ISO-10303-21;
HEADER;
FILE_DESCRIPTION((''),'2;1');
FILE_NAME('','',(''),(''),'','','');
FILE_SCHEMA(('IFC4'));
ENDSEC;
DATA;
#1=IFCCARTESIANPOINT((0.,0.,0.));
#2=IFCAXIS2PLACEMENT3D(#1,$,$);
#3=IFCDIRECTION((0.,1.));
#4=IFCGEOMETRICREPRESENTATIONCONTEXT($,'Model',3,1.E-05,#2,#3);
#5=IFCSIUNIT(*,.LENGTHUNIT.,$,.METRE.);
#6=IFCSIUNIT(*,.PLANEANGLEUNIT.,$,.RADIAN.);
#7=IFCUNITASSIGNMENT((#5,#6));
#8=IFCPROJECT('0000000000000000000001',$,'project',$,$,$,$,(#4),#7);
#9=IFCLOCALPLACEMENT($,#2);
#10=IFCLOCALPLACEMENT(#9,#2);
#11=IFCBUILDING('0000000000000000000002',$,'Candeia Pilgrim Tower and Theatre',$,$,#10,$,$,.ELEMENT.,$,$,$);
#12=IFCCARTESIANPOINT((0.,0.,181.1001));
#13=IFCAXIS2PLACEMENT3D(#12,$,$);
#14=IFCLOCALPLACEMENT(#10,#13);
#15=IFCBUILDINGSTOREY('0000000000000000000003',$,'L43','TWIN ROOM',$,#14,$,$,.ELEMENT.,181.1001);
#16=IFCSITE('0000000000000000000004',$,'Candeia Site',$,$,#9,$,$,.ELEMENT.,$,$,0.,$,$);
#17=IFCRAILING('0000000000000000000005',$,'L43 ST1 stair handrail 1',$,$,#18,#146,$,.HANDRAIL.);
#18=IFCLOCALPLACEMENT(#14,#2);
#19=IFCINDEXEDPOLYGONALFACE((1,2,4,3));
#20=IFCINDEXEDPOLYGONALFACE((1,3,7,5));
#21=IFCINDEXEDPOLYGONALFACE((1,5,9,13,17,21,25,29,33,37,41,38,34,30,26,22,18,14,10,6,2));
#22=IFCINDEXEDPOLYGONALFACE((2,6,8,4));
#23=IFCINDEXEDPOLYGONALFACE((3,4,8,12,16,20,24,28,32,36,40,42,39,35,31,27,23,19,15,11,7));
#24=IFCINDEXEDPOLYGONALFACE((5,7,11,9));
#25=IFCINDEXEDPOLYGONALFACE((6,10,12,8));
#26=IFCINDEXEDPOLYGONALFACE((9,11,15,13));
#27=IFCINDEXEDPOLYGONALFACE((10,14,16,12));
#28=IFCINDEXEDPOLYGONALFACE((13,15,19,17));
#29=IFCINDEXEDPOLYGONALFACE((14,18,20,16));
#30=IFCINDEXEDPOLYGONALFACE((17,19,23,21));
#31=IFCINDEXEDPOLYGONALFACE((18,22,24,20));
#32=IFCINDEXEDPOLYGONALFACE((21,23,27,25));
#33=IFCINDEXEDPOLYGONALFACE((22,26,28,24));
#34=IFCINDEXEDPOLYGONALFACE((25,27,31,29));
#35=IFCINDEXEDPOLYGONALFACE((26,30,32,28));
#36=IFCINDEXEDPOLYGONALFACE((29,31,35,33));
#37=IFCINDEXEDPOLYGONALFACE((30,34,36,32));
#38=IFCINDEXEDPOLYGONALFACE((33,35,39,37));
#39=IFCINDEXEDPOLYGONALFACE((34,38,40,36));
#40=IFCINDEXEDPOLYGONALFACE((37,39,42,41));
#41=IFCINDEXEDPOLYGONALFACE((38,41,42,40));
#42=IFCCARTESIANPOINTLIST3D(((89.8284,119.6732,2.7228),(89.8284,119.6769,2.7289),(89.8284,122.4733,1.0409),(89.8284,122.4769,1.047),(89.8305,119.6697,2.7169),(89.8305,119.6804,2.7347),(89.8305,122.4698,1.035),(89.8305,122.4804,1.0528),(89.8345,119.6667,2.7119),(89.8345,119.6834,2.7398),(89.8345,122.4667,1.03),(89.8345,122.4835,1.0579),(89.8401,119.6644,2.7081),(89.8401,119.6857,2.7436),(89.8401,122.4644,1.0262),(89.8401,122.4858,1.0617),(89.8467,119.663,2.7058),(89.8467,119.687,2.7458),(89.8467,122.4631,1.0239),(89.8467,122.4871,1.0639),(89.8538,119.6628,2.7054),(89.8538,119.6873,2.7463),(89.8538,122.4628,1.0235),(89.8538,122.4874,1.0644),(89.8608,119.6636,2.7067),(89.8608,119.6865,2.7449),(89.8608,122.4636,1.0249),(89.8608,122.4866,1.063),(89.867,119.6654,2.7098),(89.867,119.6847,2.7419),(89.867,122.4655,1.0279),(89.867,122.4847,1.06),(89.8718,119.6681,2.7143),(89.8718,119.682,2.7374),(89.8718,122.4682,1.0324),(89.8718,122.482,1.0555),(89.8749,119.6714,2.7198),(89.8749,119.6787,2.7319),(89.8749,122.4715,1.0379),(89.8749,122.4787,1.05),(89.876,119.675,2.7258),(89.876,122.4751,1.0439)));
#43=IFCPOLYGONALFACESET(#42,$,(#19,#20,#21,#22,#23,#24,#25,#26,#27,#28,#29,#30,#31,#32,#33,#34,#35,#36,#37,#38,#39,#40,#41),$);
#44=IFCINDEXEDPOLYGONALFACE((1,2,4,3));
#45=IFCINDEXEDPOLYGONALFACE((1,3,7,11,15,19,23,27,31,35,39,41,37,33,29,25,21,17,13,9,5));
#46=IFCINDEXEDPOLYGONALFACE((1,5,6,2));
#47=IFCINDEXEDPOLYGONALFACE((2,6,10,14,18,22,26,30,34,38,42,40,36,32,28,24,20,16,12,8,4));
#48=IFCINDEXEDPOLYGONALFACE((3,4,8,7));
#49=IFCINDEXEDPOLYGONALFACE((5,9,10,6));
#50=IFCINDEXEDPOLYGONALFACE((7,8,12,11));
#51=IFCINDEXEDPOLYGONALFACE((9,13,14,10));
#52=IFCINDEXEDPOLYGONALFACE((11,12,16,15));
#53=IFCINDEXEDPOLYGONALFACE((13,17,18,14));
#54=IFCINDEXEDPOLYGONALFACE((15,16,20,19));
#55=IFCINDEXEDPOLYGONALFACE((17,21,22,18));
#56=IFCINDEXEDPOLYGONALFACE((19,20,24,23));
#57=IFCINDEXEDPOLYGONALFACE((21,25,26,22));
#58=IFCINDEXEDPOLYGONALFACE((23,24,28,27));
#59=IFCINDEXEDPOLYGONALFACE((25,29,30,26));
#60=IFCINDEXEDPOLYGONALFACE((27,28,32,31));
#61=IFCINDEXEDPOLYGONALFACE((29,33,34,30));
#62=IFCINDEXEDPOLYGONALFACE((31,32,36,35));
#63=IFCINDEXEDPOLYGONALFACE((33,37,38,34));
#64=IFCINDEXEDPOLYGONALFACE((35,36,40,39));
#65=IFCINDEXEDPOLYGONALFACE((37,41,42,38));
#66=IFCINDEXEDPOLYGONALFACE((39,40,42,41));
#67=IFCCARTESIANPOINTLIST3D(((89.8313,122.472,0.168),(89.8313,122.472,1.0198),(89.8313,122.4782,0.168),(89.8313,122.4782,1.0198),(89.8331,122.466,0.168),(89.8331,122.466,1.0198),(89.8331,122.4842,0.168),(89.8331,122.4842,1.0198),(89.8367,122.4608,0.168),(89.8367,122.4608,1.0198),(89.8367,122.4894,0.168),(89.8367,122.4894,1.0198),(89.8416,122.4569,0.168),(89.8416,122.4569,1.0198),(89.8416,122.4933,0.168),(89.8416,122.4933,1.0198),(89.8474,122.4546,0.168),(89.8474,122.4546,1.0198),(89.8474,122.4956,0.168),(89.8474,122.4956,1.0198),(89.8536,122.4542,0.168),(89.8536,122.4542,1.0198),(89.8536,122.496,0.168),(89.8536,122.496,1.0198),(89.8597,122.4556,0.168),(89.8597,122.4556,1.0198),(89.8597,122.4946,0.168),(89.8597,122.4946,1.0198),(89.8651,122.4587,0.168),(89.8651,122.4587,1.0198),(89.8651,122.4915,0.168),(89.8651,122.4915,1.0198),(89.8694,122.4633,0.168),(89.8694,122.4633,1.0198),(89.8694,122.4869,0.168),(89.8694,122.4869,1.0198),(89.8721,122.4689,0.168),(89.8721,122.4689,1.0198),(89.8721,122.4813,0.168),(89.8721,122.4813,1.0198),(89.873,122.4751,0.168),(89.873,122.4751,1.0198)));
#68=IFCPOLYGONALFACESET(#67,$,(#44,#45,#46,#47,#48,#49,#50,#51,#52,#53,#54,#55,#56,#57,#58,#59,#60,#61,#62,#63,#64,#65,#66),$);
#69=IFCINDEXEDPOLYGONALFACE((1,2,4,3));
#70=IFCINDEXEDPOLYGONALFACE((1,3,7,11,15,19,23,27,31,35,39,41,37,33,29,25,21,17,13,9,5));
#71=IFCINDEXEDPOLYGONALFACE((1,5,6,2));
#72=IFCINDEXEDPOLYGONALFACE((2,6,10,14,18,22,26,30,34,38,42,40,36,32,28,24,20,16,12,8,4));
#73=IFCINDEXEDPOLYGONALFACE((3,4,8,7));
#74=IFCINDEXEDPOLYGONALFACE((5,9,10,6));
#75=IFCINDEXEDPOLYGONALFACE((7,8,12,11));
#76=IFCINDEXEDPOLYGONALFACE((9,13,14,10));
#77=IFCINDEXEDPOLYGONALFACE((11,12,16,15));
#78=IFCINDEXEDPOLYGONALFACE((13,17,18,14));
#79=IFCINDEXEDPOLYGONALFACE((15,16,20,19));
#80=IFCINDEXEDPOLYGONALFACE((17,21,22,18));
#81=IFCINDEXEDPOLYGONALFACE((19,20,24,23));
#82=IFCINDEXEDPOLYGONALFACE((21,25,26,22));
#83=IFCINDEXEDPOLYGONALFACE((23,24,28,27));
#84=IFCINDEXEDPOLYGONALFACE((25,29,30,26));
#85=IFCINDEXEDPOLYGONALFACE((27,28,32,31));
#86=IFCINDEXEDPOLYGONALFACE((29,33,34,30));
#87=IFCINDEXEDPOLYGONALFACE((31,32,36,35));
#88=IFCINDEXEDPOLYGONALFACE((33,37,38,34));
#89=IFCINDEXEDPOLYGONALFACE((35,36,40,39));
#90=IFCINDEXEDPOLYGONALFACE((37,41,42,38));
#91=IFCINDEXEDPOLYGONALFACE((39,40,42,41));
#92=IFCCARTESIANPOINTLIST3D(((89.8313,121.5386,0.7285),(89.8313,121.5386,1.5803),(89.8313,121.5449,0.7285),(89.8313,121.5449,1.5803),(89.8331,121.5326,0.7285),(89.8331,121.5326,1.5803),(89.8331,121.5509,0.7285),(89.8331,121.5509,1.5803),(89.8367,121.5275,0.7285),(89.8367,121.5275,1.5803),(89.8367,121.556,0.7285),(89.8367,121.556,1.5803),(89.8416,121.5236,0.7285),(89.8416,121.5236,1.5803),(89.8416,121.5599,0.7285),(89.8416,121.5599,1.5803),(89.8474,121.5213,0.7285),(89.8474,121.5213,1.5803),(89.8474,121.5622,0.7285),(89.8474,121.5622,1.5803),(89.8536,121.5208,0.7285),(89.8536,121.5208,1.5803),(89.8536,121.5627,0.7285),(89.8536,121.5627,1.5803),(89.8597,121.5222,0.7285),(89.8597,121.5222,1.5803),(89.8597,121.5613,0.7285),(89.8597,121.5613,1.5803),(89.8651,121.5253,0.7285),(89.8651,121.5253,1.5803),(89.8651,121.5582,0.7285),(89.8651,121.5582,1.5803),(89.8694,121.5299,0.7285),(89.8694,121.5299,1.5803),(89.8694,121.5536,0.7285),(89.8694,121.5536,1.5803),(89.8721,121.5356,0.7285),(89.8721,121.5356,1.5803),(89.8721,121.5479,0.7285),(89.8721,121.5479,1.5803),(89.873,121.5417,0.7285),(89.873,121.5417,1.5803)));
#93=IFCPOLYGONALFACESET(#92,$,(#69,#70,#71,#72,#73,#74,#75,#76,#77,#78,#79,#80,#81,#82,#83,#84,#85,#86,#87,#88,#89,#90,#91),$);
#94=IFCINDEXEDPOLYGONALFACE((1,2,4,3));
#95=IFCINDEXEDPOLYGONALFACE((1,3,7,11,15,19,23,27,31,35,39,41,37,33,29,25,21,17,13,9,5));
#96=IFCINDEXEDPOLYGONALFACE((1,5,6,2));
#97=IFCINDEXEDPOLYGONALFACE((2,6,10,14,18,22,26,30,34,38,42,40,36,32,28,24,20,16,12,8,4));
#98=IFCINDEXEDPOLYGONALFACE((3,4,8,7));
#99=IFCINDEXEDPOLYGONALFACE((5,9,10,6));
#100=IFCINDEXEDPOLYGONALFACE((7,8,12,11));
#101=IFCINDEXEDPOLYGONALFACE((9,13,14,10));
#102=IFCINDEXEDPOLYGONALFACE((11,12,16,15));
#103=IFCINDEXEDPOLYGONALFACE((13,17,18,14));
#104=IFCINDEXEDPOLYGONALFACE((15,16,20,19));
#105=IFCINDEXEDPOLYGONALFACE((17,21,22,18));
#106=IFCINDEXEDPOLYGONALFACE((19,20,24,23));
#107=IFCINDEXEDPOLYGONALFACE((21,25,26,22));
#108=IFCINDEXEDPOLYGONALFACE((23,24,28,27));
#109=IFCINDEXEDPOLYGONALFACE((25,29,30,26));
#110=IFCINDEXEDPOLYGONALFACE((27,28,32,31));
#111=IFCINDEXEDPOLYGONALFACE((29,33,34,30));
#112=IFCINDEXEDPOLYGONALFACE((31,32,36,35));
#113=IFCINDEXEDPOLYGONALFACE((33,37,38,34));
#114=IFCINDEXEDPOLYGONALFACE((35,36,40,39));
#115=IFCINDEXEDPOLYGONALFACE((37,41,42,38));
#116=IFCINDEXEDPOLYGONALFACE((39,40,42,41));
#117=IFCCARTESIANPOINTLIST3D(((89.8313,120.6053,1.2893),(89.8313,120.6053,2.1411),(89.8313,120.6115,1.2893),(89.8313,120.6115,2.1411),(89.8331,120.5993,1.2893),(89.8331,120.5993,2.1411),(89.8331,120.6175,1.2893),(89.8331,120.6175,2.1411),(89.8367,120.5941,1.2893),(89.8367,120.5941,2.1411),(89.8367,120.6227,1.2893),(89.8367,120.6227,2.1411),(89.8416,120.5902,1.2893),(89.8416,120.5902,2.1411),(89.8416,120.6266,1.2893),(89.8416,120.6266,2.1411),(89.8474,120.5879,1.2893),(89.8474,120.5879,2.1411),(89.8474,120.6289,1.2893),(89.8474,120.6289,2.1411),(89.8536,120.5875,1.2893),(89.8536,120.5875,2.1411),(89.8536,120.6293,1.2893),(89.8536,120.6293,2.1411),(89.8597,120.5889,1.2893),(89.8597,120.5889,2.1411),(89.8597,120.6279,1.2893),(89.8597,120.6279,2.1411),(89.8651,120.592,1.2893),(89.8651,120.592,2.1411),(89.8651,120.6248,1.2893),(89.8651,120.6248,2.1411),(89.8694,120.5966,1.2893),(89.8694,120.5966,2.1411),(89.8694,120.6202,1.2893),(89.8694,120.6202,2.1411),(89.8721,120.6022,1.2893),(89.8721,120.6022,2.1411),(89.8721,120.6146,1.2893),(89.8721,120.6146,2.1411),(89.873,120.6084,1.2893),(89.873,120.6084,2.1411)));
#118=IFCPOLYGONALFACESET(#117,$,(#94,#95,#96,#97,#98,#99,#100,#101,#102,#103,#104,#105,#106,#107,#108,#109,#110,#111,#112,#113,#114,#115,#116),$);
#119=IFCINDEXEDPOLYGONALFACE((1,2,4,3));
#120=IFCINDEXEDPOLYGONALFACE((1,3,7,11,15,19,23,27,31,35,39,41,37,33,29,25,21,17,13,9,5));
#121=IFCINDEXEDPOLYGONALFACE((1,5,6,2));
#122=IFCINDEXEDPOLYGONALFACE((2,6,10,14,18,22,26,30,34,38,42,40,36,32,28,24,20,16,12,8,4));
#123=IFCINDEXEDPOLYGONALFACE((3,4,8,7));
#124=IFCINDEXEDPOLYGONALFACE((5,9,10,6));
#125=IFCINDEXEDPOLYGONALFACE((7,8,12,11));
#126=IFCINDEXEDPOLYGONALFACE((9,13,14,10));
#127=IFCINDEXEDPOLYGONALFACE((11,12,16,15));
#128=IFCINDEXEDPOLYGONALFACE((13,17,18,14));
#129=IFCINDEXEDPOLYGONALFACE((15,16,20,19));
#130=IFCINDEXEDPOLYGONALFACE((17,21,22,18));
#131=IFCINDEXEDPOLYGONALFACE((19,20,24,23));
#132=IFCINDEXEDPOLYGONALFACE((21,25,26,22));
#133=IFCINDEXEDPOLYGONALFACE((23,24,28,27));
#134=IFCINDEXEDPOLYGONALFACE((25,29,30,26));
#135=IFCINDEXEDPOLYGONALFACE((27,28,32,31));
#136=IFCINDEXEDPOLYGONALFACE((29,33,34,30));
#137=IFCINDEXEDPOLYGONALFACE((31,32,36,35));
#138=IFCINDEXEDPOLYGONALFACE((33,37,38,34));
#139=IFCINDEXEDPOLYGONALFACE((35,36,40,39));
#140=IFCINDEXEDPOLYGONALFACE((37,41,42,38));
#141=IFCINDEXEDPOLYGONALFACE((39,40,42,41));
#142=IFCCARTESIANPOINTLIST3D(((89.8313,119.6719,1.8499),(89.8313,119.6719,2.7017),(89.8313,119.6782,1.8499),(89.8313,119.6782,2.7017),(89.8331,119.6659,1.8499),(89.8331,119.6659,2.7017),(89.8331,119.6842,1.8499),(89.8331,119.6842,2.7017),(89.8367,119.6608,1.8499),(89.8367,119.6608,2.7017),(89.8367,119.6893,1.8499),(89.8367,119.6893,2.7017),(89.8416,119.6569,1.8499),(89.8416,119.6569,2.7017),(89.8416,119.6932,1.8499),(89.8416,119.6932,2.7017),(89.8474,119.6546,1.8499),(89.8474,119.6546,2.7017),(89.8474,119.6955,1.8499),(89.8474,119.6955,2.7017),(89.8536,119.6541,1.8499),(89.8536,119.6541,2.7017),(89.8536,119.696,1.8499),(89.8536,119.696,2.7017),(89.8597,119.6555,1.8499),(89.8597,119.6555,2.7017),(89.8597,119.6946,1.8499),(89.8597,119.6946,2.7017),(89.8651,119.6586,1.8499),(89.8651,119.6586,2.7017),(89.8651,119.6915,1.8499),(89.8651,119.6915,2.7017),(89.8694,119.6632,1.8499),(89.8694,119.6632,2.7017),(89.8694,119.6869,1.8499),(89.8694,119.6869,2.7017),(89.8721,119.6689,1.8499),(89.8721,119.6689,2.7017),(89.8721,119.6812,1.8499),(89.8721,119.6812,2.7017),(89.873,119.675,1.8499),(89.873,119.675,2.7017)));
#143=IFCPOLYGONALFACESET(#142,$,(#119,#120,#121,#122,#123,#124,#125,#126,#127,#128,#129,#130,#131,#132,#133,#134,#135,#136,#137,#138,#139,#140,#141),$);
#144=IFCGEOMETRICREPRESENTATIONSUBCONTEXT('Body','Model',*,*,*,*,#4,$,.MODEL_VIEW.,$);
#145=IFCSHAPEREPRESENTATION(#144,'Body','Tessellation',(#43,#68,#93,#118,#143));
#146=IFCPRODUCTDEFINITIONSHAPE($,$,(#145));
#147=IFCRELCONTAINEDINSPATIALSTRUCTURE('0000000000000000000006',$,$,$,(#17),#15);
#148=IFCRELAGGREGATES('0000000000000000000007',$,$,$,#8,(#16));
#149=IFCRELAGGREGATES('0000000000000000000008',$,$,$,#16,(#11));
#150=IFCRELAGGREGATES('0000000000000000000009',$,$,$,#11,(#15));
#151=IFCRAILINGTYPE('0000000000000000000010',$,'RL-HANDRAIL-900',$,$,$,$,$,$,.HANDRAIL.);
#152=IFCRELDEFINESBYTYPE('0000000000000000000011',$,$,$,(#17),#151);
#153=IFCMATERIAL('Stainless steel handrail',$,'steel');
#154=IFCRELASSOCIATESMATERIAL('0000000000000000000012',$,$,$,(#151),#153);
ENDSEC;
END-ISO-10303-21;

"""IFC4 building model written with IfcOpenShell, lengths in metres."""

from ifc_helpers import new_model, si_unit, direction, frame, origin, origin_2d, place, context, subcontext, project, spatial, circle, extrude, material, type_object, element, save


model = new_model("IFC4")

# Units and contexts
model_context = context("Model", 3, precision=1e-05, world=origin(), true_north=direction((0.0, 1.0)))
body_context = subcontext(model_context, "Body", "Model", "MODEL_VIEW")
ifc_project = project(units=[si_unit("LENGTHUNIT", "METRE"), si_unit("PLANEANGLEUNIT", "RADIAN")], contexts=[model_context])

# Site, building, storey
site_placement = place(None, origin())
site = spatial("IfcSite", under=ifc_project, at=site_placement, Name="Candeia Site", CompositionType="ELEMENT", RefElevation=0.0)
building_placement = place(site_placement, origin())
building = spatial("IfcBuilding", under=site, at=building_placement, Name="Candeia Pilgrim Tower and Theatre", CompositionType="ELEMENT")
storey_placement = place(building_placement, frame((0.0, 0.0, 181.1001)))
storey = spatial("IfcBuildingStorey", under=building, at=storey_placement, Name="L43", Description="TWIN ROOM", CompositionType="ELEMENT", Elevation=181.1001)

# Railing
ifc_material_1 = material(Name="Stainless steel handrail", Category="steel")
railing_type_1 = type_object("IfcRailingType", Name="RL-HANDRAIL-900", PredefinedType="HANDRAIL", material=ifc_material_1)
railing_1_placement = place(storey_placement, frame((89.8521, 122.4751, 0.168)))
element("IfcRailing", 1, at=railing_1_placement, inside=storey, type_object=railing_type_1, Name="L43 ST1 stair handrail 1", PredefinedType="HANDRAIL", context=body_context, shape_type="SweptSolid", body=[
    extrude(circle(Radius=0.0239, at=origin_2d()), frame((0.0, 0.0, 0.876), z_axis=(0.0, -0.857242, 0.514913), x_axis=(1.0, 0.0, 0.0)), (0.0, 0.0, 1.0), 3.2664),
    extrude(circle(Radius=0.021, at=origin_2d()), origin(), (0.0, 0.0, 1.0), 0.8518),
    extrude(circle(Radius=0.021, at=origin_2d()), frame((0.0, -0.9333, 0.5605)), (0.0, 0.0, 1.0), 0.8518),
    extrude(circle(Radius=0.021, at=origin_2d()), frame((0.0, -1.8667, 1.1213)), (0.0, 0.0, 1.0), 0.8518),
    extrude(circle(Radius=0.021, at=origin_2d()), frame((0.0, -2.8, 1.6819)), (0.0, 0.0, 1.0), 0.8518),
])

save(model, "model.ifc")
